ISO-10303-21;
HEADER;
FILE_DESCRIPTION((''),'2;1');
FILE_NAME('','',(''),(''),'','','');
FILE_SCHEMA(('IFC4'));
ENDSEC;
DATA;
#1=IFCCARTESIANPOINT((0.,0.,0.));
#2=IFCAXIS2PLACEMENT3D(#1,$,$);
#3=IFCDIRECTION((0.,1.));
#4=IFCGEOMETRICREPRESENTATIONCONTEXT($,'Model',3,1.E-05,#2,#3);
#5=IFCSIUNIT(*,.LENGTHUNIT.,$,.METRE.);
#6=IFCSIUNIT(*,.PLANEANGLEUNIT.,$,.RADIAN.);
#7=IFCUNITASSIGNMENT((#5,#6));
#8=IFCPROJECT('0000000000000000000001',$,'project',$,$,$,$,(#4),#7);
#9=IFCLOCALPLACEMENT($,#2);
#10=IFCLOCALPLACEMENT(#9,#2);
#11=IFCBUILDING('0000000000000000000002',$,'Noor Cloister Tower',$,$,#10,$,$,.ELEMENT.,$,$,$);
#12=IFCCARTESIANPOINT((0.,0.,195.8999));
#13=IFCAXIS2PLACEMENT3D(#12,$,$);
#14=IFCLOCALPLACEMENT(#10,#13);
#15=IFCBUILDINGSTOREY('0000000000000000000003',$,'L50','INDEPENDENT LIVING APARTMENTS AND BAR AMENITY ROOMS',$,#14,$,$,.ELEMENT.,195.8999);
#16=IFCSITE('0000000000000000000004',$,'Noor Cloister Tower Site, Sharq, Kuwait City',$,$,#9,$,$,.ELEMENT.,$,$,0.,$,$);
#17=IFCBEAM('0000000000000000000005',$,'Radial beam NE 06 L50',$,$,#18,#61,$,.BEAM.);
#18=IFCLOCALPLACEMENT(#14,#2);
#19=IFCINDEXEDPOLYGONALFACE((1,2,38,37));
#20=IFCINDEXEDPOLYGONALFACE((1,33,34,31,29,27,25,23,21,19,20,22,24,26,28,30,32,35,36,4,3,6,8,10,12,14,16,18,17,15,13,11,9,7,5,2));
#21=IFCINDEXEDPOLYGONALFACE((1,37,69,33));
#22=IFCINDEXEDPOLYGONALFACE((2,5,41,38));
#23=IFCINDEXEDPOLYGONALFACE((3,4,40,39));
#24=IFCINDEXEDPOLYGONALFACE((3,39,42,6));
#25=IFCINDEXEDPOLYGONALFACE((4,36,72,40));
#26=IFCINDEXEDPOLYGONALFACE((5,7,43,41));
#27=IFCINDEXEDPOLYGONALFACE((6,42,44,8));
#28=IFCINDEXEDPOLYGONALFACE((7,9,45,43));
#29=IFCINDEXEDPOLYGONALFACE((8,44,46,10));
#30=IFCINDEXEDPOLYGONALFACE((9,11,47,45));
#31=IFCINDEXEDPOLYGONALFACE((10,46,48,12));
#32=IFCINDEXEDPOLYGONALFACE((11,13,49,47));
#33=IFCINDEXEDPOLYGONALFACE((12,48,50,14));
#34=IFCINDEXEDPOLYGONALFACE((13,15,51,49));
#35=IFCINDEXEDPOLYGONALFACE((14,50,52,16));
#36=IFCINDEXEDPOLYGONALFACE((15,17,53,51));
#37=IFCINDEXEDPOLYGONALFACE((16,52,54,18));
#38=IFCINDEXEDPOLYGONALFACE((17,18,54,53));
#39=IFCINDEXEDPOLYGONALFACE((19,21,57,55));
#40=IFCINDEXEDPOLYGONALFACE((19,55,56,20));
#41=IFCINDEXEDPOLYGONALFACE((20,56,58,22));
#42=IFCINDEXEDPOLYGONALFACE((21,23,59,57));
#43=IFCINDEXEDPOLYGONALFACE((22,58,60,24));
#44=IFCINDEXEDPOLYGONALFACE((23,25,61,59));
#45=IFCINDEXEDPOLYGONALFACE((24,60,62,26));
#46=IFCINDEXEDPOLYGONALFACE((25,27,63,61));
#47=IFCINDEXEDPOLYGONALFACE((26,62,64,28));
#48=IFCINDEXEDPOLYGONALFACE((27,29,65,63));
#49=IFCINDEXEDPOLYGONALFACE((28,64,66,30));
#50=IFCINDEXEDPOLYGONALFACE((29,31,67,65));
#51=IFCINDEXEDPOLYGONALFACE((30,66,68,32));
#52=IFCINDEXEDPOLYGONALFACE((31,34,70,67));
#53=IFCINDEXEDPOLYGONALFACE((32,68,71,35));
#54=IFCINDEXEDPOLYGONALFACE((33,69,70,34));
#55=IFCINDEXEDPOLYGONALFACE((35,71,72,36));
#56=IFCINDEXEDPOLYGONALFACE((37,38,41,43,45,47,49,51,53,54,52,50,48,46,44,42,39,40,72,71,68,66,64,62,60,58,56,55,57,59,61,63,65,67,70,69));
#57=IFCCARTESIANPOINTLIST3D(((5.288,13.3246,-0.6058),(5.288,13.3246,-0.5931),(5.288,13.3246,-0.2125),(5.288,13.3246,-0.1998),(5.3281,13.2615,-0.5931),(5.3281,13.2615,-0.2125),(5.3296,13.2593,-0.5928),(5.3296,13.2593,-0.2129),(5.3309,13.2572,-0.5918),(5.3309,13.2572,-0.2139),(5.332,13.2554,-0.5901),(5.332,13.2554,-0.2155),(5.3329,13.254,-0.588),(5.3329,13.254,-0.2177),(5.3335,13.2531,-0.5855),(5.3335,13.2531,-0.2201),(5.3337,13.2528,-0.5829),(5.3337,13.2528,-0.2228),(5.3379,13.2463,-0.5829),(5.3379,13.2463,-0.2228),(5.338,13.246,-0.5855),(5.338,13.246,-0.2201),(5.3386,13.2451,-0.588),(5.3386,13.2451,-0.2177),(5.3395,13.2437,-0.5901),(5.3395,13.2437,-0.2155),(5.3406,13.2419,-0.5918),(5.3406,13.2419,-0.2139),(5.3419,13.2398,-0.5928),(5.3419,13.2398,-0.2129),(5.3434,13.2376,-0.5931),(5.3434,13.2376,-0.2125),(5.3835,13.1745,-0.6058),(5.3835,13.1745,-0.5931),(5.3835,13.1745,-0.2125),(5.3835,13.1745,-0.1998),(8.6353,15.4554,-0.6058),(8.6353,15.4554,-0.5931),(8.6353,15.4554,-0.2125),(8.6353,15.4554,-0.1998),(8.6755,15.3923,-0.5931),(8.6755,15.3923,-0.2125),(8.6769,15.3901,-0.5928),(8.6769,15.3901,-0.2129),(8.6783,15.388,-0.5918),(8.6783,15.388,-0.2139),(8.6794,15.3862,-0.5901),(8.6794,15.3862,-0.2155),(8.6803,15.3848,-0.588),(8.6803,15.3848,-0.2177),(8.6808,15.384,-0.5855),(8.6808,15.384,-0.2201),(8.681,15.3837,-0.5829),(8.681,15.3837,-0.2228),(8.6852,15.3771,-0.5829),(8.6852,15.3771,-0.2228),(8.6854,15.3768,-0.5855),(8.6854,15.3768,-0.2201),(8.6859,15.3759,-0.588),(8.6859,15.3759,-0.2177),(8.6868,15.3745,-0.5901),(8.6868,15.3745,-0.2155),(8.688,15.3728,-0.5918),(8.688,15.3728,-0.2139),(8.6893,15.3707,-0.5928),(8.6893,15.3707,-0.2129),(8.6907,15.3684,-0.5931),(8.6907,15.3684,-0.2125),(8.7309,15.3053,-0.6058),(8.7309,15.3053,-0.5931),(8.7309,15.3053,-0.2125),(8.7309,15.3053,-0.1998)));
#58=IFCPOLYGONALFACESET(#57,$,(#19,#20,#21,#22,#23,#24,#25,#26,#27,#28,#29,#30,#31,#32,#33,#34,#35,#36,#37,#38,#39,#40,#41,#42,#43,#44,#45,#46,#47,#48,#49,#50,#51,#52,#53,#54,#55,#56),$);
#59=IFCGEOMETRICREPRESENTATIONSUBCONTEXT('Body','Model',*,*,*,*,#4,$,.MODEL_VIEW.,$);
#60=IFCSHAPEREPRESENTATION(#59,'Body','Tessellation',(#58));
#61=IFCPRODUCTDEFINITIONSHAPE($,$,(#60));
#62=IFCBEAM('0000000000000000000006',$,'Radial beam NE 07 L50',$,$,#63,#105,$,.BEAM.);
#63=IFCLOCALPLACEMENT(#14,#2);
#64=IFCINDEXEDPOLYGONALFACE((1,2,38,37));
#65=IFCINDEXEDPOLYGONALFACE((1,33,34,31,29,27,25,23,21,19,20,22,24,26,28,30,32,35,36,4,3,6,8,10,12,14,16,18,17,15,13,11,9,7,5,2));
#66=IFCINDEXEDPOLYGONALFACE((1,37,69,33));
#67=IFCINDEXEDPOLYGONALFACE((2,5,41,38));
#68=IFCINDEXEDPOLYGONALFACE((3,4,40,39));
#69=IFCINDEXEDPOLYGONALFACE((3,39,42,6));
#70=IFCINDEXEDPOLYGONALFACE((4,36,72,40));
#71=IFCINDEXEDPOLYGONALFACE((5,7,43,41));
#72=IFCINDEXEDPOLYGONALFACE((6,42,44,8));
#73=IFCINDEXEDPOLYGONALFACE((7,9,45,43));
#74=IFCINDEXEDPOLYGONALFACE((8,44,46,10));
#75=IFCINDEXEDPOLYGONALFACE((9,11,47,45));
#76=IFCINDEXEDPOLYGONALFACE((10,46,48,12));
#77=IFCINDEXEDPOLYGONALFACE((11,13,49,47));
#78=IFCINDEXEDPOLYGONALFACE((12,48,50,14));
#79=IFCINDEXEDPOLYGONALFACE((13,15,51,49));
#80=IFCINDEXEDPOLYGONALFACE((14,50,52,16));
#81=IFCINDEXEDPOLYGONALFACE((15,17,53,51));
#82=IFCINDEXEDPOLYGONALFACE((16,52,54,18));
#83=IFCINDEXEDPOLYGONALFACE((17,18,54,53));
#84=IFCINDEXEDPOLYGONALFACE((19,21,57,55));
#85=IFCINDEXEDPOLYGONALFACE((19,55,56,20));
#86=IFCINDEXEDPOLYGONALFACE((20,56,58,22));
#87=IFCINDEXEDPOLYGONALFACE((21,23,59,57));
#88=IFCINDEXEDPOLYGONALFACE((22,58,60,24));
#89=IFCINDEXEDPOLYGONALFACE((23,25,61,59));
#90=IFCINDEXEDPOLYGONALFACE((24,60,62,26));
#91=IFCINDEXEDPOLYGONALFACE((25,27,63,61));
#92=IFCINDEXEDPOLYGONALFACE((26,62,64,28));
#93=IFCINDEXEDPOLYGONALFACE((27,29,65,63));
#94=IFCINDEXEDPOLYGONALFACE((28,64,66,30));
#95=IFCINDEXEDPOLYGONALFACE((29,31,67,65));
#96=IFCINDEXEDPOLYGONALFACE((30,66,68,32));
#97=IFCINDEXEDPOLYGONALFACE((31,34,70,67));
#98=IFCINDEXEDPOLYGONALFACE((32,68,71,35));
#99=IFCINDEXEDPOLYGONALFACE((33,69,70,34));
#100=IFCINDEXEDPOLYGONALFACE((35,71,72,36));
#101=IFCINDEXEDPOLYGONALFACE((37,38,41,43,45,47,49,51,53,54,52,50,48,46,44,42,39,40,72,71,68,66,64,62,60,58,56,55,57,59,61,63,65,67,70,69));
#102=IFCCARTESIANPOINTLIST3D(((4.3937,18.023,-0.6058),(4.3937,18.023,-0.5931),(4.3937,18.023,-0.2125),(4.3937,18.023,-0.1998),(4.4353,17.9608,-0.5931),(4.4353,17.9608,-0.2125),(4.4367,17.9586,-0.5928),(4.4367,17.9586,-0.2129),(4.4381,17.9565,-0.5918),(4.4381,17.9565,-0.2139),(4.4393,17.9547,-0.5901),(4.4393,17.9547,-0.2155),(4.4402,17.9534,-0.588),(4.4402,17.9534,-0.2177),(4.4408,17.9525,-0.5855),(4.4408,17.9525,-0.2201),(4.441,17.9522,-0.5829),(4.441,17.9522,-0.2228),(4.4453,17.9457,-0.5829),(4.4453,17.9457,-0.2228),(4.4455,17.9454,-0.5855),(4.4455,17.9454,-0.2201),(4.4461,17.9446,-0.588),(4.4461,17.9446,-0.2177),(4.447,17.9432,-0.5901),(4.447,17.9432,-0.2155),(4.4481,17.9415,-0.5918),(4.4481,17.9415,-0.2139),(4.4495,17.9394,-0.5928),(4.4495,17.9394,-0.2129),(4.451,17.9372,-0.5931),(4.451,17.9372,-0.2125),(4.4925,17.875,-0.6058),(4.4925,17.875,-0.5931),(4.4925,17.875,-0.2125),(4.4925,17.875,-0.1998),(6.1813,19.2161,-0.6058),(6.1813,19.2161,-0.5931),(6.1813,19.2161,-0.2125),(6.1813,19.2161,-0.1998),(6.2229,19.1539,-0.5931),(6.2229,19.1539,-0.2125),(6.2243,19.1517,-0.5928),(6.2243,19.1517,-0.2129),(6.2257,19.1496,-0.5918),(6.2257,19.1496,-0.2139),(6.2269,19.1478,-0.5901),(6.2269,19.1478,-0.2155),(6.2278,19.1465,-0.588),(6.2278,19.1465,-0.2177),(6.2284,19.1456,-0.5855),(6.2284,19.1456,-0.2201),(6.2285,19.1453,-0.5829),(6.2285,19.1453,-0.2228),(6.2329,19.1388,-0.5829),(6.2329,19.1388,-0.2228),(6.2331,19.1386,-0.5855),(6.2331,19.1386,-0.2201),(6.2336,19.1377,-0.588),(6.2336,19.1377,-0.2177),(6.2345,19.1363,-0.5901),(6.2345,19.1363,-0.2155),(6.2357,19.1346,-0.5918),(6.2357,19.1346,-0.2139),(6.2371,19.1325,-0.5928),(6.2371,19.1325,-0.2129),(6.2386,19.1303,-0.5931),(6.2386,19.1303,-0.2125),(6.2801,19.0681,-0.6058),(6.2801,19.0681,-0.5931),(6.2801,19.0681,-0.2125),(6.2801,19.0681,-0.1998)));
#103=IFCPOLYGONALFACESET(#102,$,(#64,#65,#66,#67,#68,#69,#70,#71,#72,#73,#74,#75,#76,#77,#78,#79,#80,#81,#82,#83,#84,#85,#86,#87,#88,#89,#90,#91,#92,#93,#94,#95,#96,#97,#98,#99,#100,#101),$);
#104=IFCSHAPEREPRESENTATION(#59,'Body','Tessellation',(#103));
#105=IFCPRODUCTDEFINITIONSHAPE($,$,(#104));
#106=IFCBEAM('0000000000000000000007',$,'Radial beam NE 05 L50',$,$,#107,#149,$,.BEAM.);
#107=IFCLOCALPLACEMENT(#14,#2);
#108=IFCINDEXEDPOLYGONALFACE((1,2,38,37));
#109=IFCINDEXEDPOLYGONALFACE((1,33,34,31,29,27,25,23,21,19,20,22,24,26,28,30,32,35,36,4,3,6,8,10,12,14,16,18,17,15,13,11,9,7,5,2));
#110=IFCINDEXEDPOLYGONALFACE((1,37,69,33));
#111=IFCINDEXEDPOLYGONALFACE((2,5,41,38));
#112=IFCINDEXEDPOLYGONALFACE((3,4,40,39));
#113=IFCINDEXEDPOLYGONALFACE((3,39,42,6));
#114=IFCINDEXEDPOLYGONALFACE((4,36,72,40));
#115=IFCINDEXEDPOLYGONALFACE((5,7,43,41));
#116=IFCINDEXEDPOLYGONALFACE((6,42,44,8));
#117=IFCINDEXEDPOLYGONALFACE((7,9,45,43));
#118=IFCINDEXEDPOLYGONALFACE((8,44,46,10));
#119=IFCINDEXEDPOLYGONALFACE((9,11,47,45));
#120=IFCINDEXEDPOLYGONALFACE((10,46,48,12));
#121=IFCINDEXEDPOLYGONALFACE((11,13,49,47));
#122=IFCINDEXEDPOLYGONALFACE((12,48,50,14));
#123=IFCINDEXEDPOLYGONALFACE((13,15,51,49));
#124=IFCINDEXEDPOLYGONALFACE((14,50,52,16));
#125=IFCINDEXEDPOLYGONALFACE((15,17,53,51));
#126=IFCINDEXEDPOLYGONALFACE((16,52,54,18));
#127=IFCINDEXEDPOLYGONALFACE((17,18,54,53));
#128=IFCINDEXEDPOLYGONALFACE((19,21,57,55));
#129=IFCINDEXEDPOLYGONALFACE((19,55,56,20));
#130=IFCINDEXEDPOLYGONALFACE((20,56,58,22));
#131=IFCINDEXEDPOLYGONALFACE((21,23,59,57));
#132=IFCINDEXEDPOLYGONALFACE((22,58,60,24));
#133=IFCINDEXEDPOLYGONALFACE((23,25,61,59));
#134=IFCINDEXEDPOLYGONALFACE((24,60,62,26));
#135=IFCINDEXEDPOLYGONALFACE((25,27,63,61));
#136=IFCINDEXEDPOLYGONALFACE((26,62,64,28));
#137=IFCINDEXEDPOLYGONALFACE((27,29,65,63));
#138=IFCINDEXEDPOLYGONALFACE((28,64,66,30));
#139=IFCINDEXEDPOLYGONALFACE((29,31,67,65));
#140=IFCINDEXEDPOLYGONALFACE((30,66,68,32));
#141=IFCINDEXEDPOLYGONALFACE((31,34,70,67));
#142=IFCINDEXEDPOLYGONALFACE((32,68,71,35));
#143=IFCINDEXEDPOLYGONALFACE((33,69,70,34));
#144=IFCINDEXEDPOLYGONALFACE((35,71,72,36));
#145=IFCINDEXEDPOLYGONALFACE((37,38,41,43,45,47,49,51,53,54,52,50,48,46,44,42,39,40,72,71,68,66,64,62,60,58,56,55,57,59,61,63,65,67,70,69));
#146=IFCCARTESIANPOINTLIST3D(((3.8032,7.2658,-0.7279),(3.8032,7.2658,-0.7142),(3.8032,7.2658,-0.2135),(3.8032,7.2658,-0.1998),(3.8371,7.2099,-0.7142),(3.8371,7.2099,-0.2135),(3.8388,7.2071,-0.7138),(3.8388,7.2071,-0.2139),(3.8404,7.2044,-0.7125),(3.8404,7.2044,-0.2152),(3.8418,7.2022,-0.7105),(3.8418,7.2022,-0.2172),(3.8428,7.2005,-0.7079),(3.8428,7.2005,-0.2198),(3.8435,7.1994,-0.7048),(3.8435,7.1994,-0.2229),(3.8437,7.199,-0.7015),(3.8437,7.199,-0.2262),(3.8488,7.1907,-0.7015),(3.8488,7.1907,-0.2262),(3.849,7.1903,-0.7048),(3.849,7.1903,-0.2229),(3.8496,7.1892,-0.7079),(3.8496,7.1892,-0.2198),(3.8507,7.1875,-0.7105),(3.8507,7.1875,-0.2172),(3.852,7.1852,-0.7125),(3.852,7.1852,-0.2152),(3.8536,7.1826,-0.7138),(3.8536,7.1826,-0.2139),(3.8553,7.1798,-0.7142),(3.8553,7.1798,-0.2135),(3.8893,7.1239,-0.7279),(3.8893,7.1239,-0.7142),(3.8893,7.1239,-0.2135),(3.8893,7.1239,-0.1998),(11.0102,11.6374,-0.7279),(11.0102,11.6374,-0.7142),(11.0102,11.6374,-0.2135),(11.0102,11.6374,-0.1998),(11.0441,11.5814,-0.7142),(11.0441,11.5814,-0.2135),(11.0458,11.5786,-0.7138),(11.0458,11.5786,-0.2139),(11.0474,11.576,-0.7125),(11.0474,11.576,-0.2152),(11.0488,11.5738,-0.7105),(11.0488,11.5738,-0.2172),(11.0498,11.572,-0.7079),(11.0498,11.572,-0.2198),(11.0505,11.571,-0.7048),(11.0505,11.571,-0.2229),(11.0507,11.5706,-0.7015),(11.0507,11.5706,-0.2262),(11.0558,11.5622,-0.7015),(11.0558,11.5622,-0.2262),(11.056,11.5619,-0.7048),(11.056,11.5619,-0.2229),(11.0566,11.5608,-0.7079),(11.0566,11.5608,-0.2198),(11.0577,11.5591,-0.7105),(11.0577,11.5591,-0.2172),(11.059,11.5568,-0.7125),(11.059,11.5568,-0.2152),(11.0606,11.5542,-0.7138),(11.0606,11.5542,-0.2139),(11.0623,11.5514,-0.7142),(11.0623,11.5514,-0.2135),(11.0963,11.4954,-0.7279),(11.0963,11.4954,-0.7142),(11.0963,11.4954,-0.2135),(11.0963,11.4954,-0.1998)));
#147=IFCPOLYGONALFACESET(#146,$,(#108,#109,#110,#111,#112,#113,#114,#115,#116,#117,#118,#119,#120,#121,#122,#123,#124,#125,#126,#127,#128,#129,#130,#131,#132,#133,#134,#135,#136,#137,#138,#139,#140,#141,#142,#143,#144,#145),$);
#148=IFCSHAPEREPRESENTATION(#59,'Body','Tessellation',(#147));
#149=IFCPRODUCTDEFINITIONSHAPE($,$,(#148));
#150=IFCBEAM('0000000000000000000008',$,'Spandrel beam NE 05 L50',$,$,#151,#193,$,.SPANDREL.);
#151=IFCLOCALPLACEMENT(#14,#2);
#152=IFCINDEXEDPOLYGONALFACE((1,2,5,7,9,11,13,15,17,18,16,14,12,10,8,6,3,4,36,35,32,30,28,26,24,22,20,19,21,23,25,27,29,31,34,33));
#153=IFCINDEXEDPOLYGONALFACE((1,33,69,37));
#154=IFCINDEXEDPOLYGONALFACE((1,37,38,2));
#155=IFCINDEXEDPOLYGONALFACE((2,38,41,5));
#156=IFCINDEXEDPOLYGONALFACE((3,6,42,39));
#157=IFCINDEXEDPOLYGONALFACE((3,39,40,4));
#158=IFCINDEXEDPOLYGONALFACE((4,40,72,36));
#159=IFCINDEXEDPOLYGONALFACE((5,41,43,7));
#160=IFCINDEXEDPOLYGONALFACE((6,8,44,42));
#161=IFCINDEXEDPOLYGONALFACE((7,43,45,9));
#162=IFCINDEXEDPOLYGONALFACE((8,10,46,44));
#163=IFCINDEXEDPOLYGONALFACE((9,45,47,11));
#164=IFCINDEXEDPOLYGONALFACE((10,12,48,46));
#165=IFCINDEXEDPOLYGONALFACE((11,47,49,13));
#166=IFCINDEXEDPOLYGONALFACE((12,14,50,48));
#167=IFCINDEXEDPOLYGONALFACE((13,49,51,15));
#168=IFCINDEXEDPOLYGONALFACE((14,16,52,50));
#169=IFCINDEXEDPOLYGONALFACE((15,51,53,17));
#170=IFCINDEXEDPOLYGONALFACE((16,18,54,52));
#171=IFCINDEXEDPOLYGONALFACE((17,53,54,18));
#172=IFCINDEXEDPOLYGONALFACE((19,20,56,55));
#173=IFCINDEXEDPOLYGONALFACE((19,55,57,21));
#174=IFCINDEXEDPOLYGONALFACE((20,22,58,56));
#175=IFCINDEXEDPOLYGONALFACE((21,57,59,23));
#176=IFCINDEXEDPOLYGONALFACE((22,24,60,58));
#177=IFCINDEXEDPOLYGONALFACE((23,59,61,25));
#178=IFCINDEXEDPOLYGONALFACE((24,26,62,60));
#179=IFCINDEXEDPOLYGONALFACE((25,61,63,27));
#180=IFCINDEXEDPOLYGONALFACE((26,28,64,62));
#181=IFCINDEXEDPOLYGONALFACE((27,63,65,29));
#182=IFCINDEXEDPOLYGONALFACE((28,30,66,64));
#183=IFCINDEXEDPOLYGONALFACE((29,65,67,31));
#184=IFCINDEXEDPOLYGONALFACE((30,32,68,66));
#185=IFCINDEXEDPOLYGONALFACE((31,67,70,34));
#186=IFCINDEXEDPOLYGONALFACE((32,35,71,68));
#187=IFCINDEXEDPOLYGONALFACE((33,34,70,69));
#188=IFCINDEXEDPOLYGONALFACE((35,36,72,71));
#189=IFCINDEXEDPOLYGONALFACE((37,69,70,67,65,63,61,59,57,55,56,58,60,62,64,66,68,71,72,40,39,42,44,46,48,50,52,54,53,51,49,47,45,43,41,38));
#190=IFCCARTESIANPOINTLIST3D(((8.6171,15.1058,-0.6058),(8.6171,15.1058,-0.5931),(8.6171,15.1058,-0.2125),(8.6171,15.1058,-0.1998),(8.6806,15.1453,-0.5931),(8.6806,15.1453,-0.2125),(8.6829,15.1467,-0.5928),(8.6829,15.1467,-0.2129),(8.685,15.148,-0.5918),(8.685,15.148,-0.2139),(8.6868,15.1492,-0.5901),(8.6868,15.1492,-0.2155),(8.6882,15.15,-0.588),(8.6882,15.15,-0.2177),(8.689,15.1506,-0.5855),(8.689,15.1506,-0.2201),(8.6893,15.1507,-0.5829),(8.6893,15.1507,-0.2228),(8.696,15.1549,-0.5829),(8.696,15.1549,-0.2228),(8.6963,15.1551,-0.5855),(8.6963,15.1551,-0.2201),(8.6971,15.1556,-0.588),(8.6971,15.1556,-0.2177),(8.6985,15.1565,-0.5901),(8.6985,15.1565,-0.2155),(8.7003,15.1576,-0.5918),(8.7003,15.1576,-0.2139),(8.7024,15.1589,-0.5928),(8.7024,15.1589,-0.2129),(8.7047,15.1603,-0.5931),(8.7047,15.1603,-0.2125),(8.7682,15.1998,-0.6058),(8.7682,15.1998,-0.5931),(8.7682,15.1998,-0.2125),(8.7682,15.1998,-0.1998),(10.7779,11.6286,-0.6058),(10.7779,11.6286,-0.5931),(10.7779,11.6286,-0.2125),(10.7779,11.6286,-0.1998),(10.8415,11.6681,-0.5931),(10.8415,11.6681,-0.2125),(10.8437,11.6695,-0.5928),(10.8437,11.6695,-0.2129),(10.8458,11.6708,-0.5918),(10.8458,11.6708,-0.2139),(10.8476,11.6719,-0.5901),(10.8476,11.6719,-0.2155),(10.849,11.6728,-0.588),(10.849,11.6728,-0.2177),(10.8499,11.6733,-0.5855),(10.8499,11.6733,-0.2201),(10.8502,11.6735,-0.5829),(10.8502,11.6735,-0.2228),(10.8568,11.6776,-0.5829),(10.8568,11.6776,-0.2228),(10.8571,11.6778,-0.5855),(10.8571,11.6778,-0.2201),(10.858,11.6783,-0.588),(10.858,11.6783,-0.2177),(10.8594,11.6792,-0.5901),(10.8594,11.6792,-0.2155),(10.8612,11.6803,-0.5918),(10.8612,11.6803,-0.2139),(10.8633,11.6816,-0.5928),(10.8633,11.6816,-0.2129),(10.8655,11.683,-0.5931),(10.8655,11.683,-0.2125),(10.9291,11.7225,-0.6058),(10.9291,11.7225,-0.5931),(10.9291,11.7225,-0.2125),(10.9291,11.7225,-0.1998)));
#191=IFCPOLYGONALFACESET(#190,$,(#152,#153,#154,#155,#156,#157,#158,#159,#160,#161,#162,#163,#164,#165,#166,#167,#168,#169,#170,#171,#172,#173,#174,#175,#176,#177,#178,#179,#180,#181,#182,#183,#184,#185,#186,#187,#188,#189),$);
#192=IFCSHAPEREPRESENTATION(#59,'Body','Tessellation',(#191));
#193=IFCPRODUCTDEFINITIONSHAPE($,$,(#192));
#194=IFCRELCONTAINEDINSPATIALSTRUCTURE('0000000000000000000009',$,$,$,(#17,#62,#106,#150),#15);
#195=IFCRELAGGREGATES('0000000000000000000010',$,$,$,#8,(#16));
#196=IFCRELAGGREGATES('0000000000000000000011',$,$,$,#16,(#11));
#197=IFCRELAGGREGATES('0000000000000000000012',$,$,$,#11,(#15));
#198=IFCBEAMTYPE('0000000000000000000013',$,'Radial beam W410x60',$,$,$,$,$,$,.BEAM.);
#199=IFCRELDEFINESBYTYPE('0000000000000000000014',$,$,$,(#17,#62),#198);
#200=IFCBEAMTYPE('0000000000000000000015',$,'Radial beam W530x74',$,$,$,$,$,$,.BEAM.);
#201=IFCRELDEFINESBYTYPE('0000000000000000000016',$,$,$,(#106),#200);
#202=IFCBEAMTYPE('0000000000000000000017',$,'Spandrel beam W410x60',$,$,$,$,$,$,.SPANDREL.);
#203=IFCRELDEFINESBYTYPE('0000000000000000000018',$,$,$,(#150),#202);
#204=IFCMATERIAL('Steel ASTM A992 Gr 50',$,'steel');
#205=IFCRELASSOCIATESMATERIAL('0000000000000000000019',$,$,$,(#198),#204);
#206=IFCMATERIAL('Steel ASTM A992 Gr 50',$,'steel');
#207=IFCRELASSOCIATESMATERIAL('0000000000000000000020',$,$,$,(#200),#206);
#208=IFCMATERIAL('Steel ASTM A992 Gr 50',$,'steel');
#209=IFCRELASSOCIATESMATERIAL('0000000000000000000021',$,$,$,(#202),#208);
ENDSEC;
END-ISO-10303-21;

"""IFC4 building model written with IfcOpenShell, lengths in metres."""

from ifc_helpers import new_model, si_unit, direction, frame, origin, origin_2d, place, context, subcontext, project, spatial, i_section, extrude, material, material_profile, profile_set, type_object, element, save


model = new_model("IFC4")

# Units and contexts
model_context = context("Model", 3, precision=1e-05, world=origin(), true_north=direction((0.0, 1.0)))
body_context = subcontext(model_context, "Body", "Model", "MODEL_VIEW")
ifc_project = project(units=[si_unit("LENGTHUNIT", "METRE"), si_unit("PLANEANGLEUNIT", "RADIAN")], contexts=[model_context])

# Site, building, storey
site_placement = place(None, origin())
site = spatial("IfcSite", under=ifc_project, at=site_placement, Name="Noor Cloister Tower Site, Sharq, Kuwait City", CompositionType="ELEMENT", RefElevation=0.0)
building_placement = place(site_placement, origin())
building = spatial("IfcBuilding", under=site, at=building_placement, Name="Noor Cloister Tower", CompositionType="ELEMENT")
storey_placement = place(building_placement, frame((0.0, 0.0, 195.8999)))
storey = spatial("IfcBuildingStorey", under=building, at=storey_placement, Name="L50", Description="INDEPENDENT LIVING APARTMENTS AND BAR AMENITY ROOMS", CompositionType="ELEMENT", Elevation=195.8999)

# Beams
ifc_material_1 = material(Name="Steel ASTM A992 Gr 50", Category="steel")
ifc_material_profile_1 = material_profile(ifc_material_1, i_section(OverallWidth=0.178, OverallDepth=0.406, WebThickness=0.0078, FlangeThickness=0.0127, FilletRadius=0.0103, at=origin_2d()), Name="W410x60")
ifc_profile_set_1 = profile_set([ifc_material_profile_1], Name="Steel ASTM A992 Gr 50")
beam_type_1 = type_object("IfcBeamType", Name="Radial beam W410x60", PredefinedType="BEAM", material=ifc_profile_set_1)
beam_1_placement = place(storey_placement, frame((8.6831, 15.3804, -0.4028), z_axis=(-0.843583, -0.536999, 0.0), x_axis=(0.536999, -0.843583, 0.0)))
element("IfcBeam", 1, at=beam_1_placement, inside=storey, type_object=beam_type_1, Name="Radial beam NE 06 L50", PredefinedType="BEAM", context=body_context, shape_type="SweptSolid", body=[
    extrude(i_section(OverallWidth=0.178, OverallDepth=0.406, WebThickness=0.0078, FlangeThickness=0.0127, FilletRadius=0.0103, at=origin_2d()), origin(), (0.0, 0.0, 1.0), 3.968),
])
beam_2_placement = place(storey_placement, frame((6.2307, 19.1421, -0.4028), z_axis=(-0.831753, -0.555146, 0.0), x_axis=(0.555146, -0.831753, 0.0)))
element("IfcBeam", 2, at=beam_2_placement, inside=storey, type_object=beam_type_1, Name="Radial beam NE 07 L50", PredefinedType="BEAM", context=body_context, shape_type="SweptSolid", body=[
    extrude(i_section(OverallWidth=0.178, OverallDepth=0.406, WebThickness=0.0078, FlangeThickness=0.0127, FilletRadius=0.0103, at=origin_2d()), origin(), (0.0, 0.0, 1.0), 2.1492),
])
ifc_material_2 = material(Name="Steel ASTM A992 Gr 50", Category="steel")
ifc_material_profile_2 = material_profile(ifc_material_2, i_section(OverallWidth=0.166, OverallDepth=0.5281, WebThickness=0.0098, FlangeThickness=0.0137, FilletRadius=0.0127, at=origin_2d()), Name="W530x74")
ifc_profile_set_2 = profile_set([ifc_material_profile_2], Name="Steel ASTM A992 Gr 50")
beam_type_2 = type_object("IfcBeamType", Name="Radial beam W530x74", PredefinedType="BEAM", material=ifc_profile_set_2)
beam_3_placement = place(storey_placement, frame((11.0532, 11.5664, -0.4639), z_axis=(-0.855004, -0.518621, 0.0), x_axis=(0.518621, -0.855004, 0.0)))
element("IfcBeam", 3, at=beam_3_placement, inside=storey, type_object=beam_type_2, Name="Radial beam NE 05 L50", PredefinedType="BEAM", context=body_context, shape_type="SweptSolid", body=[
    extrude(i_section(OverallWidth=0.166, OverallDepth=0.5281, WebThickness=0.0098, FlangeThickness=0.0137, FilletRadius=0.0127, at=origin_2d()), origin(), (0.0, 0.0, 1.0), 8.4292),
])
ifc_material_3 = material(Name="Steel ASTM A992 Gr 50", Category="steel")
ifc_material_profile_3 = material_profile(ifc_material_3, i_section(OverallWidth=0.178, OverallDepth=0.406, WebThickness=0.0078, FlangeThickness=0.0127, FilletRadius=0.0103, at=origin_2d()), Name="W410x60")
ifc_profile_set_3 = profile_set([ifc_material_profile_3], Name="Steel ASTM A992 Gr 50")
beam_type_3 = type_object("IfcBeamType", Name="Spandrel beam W410x60", PredefinedType="SPANDREL", material=ifc_profile_set_3)
for number, where, z_axis, x_axis, name in (
    (4, (10.8535, 11.6755, -0.4028), (-0.527816, 0.849359, 0.0), (-0.849359, -0.527816, 0.0), "Spandrel beam NE 05 L50"),
):
    element("IfcBeam", number, at=place(storey_placement, frame(where, z_axis=z_axis, x_axis=x_axis)), inside=storey, type_object=beam_type_3, Name=name, PredefinedType="SPANDREL", context=body_context, shape_type="SweptSolid", body=[
        extrude(i_section(OverallWidth=0.178, OverallDepth=0.406, WebThickness=0.0078, FlangeThickness=0.0127, FilletRadius=0.0103, at=origin_2d()), origin(), (0.0, 0.0, 1.0), 4.094),
    ])

save(model, "model.ifc")
